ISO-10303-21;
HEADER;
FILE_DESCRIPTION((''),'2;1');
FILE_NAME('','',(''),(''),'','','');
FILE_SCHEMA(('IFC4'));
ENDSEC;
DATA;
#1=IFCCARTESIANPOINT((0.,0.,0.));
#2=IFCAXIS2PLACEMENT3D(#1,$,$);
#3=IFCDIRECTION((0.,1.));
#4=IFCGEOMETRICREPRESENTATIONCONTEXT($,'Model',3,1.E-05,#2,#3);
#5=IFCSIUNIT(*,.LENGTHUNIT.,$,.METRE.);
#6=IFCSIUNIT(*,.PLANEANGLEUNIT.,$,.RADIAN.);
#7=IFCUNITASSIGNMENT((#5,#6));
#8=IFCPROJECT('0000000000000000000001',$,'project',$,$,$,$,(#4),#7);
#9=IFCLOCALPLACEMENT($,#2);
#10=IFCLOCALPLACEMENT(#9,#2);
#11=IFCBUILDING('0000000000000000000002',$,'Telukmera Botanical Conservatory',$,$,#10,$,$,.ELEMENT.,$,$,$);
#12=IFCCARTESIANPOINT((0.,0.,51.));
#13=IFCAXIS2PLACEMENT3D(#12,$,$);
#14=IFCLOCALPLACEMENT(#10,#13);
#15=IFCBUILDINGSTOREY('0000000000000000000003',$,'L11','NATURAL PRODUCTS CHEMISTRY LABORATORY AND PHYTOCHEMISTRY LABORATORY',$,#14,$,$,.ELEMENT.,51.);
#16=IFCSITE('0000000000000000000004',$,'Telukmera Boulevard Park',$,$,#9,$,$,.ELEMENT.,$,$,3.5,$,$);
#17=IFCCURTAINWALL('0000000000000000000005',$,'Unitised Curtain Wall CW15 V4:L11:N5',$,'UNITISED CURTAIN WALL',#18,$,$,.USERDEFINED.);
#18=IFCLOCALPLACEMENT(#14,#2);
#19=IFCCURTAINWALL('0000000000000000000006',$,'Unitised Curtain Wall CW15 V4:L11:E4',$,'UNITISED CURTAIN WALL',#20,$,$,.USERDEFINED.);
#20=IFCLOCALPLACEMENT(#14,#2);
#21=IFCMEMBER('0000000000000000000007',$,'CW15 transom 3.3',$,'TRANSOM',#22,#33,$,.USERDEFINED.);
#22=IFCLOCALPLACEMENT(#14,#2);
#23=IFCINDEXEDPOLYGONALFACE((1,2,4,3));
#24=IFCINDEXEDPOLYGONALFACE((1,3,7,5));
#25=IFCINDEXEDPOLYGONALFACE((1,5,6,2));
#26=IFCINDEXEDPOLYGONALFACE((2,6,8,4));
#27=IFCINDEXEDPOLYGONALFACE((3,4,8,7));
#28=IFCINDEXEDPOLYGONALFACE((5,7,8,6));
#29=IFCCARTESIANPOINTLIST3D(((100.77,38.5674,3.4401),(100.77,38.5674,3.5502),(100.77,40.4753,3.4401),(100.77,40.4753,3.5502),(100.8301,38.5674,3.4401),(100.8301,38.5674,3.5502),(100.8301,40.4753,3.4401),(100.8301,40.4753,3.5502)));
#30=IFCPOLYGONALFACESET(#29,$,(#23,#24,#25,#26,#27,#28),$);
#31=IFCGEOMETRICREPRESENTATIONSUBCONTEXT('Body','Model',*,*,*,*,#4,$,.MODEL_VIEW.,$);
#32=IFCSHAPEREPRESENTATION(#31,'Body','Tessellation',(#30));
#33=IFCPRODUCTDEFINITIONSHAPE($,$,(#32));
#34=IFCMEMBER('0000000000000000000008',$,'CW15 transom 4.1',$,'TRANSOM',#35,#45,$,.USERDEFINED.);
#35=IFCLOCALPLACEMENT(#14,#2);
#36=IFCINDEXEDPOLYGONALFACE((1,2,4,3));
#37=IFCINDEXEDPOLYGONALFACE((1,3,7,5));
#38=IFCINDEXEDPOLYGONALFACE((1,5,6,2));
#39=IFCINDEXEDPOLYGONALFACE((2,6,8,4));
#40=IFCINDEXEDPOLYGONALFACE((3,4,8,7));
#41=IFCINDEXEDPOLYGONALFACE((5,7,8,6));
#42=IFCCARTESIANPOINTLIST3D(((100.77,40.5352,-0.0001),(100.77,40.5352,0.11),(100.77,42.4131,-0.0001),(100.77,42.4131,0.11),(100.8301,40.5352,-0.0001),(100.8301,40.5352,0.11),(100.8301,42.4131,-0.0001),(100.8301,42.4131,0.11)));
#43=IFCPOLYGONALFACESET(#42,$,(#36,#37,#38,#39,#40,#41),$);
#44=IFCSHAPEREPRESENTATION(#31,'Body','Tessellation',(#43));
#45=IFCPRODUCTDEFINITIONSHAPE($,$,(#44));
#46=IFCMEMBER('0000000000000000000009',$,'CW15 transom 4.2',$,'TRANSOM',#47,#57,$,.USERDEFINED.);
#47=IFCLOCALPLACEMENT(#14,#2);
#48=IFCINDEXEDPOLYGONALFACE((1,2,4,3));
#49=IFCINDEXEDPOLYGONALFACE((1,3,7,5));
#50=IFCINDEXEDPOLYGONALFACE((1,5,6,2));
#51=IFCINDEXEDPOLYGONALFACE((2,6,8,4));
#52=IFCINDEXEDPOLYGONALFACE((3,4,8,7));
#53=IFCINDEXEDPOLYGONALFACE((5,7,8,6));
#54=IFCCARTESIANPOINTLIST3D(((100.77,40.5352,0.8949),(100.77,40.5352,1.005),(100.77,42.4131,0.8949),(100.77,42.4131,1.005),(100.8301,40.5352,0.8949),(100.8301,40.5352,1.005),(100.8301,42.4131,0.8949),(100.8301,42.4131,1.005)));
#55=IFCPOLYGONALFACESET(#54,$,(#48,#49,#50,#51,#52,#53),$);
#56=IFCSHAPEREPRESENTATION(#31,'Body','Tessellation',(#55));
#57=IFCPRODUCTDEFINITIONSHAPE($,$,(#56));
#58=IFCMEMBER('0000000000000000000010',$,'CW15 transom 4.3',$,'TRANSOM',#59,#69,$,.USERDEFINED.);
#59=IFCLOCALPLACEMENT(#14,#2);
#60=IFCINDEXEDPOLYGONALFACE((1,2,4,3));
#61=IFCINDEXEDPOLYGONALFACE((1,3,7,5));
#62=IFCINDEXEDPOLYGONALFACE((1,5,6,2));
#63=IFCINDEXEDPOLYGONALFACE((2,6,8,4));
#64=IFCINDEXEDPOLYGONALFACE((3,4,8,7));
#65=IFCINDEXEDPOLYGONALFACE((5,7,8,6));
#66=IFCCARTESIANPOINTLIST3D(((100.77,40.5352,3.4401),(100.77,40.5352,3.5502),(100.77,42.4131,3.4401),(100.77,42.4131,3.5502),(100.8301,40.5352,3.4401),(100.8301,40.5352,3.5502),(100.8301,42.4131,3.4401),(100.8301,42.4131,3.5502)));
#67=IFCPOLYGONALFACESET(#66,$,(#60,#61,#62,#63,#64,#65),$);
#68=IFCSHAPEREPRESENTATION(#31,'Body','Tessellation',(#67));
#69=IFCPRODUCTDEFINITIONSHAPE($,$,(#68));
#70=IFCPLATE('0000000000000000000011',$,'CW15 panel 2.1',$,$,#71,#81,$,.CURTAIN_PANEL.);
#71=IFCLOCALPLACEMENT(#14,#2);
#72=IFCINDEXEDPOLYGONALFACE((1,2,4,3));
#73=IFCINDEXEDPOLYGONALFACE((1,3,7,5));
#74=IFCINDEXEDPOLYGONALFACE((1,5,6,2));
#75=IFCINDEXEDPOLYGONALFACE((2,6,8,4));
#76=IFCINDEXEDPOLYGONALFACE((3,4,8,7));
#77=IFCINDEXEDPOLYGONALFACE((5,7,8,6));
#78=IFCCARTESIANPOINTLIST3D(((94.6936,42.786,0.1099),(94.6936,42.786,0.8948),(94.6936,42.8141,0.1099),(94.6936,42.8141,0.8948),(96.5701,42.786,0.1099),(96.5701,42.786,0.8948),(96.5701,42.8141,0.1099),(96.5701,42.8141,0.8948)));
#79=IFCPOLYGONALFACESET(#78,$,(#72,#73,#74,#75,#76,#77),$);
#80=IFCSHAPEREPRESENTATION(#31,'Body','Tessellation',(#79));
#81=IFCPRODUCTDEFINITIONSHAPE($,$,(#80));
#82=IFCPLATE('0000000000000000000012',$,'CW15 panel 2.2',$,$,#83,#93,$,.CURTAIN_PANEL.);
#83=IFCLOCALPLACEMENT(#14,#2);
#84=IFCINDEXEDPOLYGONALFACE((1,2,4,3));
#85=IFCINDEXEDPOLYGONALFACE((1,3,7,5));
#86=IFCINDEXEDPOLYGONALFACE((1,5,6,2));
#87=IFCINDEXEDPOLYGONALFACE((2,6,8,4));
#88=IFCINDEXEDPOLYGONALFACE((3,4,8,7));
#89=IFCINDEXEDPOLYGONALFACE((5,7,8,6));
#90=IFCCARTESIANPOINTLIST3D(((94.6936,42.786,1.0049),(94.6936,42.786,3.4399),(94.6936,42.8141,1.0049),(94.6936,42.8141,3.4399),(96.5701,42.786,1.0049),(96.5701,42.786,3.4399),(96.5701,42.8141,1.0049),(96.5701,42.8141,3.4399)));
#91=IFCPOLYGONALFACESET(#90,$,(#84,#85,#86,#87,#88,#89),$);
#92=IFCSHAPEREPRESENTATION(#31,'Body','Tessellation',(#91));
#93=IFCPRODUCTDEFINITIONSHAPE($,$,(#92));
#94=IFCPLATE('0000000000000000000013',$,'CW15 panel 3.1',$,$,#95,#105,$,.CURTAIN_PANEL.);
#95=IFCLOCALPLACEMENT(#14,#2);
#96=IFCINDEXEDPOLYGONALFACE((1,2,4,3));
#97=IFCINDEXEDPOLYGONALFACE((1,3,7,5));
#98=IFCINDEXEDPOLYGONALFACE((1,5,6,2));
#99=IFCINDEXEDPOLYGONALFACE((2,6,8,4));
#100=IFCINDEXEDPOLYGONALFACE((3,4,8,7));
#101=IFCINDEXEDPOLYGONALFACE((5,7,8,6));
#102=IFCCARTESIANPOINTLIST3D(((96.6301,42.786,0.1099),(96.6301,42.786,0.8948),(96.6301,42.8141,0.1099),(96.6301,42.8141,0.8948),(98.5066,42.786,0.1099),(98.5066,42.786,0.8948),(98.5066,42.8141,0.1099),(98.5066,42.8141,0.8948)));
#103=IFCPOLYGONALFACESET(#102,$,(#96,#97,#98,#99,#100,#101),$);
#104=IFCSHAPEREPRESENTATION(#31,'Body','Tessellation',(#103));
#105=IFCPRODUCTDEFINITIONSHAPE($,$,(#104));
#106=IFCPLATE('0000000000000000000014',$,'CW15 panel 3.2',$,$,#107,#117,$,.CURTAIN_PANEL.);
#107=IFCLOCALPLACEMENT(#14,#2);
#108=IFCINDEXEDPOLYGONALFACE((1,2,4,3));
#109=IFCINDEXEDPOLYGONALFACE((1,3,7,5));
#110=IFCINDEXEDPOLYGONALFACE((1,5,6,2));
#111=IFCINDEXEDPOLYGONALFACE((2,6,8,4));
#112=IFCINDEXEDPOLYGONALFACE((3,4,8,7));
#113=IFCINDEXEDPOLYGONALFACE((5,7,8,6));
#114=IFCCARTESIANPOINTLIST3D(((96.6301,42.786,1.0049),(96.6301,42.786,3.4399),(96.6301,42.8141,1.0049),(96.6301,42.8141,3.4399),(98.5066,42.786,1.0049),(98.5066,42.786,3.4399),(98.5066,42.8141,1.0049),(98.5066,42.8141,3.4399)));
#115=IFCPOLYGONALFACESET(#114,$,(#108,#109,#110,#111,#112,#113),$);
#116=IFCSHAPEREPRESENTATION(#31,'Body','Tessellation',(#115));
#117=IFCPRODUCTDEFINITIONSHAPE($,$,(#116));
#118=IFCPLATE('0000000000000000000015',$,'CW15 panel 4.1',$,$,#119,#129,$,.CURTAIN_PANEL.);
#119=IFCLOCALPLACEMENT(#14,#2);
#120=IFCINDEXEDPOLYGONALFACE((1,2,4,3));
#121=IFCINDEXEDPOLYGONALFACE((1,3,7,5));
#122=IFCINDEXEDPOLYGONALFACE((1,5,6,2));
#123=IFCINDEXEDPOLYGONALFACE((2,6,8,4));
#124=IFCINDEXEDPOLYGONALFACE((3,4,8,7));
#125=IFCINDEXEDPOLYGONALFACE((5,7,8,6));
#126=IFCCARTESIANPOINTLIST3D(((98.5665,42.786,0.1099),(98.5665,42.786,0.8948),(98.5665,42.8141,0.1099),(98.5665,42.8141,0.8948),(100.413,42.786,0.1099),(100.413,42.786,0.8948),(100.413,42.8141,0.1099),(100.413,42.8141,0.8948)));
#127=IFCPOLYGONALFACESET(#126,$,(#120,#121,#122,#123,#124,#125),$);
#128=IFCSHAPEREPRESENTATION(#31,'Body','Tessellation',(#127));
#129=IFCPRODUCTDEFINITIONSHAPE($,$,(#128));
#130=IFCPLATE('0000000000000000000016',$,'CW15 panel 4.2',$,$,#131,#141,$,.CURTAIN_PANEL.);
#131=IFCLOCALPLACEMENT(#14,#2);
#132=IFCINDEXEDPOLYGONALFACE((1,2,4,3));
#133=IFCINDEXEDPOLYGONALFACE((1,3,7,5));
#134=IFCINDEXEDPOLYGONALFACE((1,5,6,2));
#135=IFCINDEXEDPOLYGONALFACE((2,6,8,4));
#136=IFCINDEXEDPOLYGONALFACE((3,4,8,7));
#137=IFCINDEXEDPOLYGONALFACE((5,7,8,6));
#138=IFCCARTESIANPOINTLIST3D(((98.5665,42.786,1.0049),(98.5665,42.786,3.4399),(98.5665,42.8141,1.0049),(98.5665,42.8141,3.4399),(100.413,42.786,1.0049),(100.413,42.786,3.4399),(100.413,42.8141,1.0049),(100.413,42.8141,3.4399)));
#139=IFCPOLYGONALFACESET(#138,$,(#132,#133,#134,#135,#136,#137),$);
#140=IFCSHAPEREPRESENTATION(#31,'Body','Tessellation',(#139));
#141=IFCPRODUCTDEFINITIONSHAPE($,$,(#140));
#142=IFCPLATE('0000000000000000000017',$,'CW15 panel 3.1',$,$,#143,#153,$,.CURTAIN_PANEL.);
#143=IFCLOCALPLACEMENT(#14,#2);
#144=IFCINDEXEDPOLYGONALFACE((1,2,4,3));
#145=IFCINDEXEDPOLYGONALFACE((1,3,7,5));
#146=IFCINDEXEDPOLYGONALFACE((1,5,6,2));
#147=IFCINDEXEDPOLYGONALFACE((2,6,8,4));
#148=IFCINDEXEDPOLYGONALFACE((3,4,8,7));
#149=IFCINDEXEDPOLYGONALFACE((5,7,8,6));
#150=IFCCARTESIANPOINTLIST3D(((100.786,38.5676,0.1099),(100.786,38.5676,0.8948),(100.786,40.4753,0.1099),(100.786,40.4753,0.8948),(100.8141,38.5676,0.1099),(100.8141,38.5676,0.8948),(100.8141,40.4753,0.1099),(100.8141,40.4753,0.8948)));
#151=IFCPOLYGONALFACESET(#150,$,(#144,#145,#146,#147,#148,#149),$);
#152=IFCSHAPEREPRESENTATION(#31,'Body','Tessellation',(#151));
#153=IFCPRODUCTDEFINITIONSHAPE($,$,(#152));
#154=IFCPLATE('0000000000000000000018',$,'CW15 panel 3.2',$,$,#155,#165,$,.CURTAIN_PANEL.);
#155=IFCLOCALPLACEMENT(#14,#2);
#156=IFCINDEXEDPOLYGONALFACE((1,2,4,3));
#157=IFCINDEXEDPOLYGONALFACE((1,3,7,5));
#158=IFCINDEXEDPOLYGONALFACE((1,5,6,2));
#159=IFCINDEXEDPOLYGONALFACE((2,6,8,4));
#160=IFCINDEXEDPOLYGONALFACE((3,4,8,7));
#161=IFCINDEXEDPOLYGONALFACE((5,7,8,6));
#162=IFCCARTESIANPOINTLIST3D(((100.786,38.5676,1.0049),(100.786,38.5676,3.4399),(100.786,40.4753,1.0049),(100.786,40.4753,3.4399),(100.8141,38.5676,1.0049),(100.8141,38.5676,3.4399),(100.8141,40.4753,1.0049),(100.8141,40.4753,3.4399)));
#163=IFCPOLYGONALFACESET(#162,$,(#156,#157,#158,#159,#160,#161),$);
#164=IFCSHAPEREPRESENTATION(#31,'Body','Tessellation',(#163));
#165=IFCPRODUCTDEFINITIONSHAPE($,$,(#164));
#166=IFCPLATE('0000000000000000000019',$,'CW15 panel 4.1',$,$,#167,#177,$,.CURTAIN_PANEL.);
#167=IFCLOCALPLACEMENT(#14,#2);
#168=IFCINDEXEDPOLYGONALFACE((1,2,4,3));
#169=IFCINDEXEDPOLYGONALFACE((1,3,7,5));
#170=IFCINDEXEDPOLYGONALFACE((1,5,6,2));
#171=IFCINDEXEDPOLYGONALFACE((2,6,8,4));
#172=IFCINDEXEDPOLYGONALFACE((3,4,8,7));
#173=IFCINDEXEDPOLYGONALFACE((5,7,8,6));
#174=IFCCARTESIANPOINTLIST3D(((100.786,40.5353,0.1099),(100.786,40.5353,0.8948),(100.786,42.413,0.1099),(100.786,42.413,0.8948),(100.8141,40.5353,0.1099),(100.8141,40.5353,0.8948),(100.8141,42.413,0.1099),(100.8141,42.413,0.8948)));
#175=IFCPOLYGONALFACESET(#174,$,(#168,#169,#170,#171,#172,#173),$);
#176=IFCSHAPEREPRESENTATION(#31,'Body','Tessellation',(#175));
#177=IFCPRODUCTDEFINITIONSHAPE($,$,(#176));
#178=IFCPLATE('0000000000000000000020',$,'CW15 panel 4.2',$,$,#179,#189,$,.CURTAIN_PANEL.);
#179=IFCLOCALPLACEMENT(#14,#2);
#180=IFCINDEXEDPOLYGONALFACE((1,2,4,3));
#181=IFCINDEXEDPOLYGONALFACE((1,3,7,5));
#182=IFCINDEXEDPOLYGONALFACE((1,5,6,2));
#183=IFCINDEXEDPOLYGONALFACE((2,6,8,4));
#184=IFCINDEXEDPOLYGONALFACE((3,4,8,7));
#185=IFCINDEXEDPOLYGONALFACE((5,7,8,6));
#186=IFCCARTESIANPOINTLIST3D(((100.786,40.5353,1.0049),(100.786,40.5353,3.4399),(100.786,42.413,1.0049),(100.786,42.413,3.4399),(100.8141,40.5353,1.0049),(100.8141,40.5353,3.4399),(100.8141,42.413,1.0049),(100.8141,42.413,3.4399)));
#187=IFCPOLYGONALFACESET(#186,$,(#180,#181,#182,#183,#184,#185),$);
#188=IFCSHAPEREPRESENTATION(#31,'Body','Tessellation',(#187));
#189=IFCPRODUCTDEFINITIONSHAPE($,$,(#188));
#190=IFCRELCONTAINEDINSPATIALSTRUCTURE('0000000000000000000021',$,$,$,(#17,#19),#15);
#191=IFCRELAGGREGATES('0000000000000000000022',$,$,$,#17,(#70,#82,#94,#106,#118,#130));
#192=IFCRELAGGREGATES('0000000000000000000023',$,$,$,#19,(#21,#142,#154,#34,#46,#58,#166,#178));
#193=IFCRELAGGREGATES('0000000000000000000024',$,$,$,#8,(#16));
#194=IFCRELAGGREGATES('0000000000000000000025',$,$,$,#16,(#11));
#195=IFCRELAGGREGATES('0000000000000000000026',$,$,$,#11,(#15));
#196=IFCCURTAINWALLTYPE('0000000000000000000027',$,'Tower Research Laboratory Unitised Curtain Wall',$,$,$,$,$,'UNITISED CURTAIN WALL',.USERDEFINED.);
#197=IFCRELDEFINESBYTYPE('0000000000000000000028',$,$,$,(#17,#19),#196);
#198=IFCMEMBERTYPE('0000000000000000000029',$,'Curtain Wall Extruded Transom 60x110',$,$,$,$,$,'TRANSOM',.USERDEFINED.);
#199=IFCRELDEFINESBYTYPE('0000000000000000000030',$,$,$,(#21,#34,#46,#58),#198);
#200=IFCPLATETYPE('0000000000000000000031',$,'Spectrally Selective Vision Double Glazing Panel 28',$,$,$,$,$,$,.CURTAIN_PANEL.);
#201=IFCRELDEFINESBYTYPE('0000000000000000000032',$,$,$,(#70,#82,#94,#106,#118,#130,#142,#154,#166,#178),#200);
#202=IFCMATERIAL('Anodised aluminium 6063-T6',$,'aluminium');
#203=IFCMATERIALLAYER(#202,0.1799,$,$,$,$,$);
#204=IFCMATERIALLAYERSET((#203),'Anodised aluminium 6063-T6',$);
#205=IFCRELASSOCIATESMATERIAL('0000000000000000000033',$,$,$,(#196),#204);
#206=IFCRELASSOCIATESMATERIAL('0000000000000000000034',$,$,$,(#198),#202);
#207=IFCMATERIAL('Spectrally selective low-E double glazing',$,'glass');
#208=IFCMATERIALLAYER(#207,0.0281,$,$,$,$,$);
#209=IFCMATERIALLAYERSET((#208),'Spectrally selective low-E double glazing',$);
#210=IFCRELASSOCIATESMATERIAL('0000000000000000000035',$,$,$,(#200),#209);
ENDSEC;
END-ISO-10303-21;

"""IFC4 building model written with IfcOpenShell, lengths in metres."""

from ifc_helpers import new_model, si_unit, direction, frame, origin, origin_2d, place, context, subcontext, project, spatial, rectangle, extrude, material, layer, layer_set, material_profile, profile_set, type_object, element, aggregate, save


model = new_model("IFC4")

# Units and contexts
model_context = context("Model", 3, precision=1e-05, world=origin(), true_north=direction((0.0, 1.0)))
body_context = subcontext(model_context, "Body", "Model", "MODEL_VIEW")
ifc_project = project(units=[si_unit("LENGTHUNIT", "METRE"), si_unit("PLANEANGLEUNIT", "RADIAN")], contexts=[model_context])

# Site, building, storey
site_placement = place(None, origin())
site = spatial("IfcSite", under=ifc_project, at=site_placement, Name="Telukmera Boulevard Park", CompositionType="ELEMENT", RefElevation=3.5)
building_placement = place(site_placement, origin())
building = spatial("IfcBuilding", under=site, at=building_placement, Name="Telukmera Botanical Conservatory", CompositionType="ELEMENT")
storey_placement = place(building_placement, frame((0.0, 0.0, 51.0)))
storey = spatial("IfcBuildingStorey", under=building, at=storey_placement, Name="L11", Description="NATURAL PRODUCTS CHEMISTRY LABORATORY AND PHYTOCHEMISTRY LABORATORY", CompositionType="ELEMENT", Elevation=51.0)

# Curtain walls
ifc_material_1 = material(Name="Anodised aluminium 6063-T6", Category="aluminium")
ifc_layer_1 = layer(ifc_material_1, 0.1799)
ifc_layer_set_1 = layer_set([ifc_layer_1], Name="Anodised aluminium 6063-T6")
curtain_wall_type = type_object("IfcCurtainWallType", Name="Tower Research Laboratory Unitised Curtain Wall", ElementType="UNITISED CURTAIN WALL", PredefinedType="USERDEFINED", material=ifc_layer_set_1)
curtain_wall_1_placement = place(storey_placement, origin())
curtain_wall_1 = element("IfcCurtainWall", 1, at=curtain_wall_1_placement, inside=storey, type_object=curtain_wall_type, Name="Unitised Curtain Wall CW15 V4:L11:N5", ObjectType="UNITISED CURTAIN WALL", PredefinedType="USERDEFINED")
curtain_wall_2_placement = place(storey_placement, origin())
curtain_wall_2 = element("IfcCurtainWall", 2, at=curtain_wall_2_placement, inside=storey, type_object=curtain_wall_type, Name="Unitised Curtain Wall CW15 V4:L11:E4", ObjectType="UNITISED CURTAIN WALL", PredefinedType="USERDEFINED")

# Members
ifc_material_profile_1 = material_profile(ifc_material_1, rectangle(XDim=0.0601, YDim=0.1101, at=origin_2d()), Name="ALU TRAN 60x110")
ifc_profile_set_1 = profile_set([ifc_material_profile_1], Name="Anodised aluminium 6063-T6")
member_type_1 = type_object("IfcMemberType", Name="Curtain Wall Extruded Transom 60x110", ElementType="TRANSOM", PredefinedType="USERDEFINED", material=ifc_profile_set_1)
member_1_placement = place(storey_placement, frame((100.8, 38.5674, 3.4951), z_axis=(0.0, 1.0, 0.0), x_axis=(-1.0, 0.0, 0.0)))
member_1 = element("IfcMember", 3, at=member_1_placement, type_object=member_type_1, Name="CW15 transom 3.3", ObjectType="TRANSOM", PredefinedType="USERDEFINED", context=body_context, shape_type="SweptSolid", body=[
    extrude(rectangle(XDim=0.0601, YDim=0.1101, at=origin_2d()), origin(), (0.0, 0.0, 1.0), 1.908),
])
member_2_placement = place(storey_placement, frame((100.8, 40.5352, 0.0549), z_axis=(0.0, 1.0, 0.0), x_axis=(-1.0, 0.0, 0.0)))
member_2 = element("IfcMember", 4, at=member_2_placement, type_object=member_type_1, Name="CW15 transom 4.1", ObjectType="TRANSOM", PredefinedType="USERDEFINED", context=body_context, shape_type="SweptSolid", body=[
    extrude(rectangle(XDim=0.0601, YDim=0.1101, at=origin_2d()), origin(), (0.0, 0.0, 1.0), 1.8779),
])
member_3_placement = place(storey_placement, frame((100.8, 40.5352, 0.95), z_axis=(0.0, 1.0, 0.0), x_axis=(-1.0, 0.0, 0.0)))
member_3 = element("IfcMember", 5, at=member_3_placement, type_object=member_type_1, Name="CW15 transom 4.2", ObjectType="TRANSOM", PredefinedType="USERDEFINED", context=body_context, shape_type="SweptSolid", body=[
    extrude(rectangle(XDim=0.0601, YDim=0.1101, at=origin_2d()), origin(), (0.0, 0.0, 1.0), 1.8779),
])
member_4_placement = place(storey_placement, frame((100.8, 40.5352, 3.4951), z_axis=(0.0, 1.0, 0.0), x_axis=(-1.0, 0.0, 0.0)))
member_4 = element("IfcMember", 6, at=member_4_placement, type_object=member_type_1, Name="CW15 transom 4.3", ObjectType="TRANSOM", PredefinedType="USERDEFINED", context=body_context, shape_type="SweptSolid", body=[
    extrude(rectangle(XDim=0.0601, YDim=0.1101, at=origin_2d()), origin(), (0.0, 0.0, 1.0), 1.8779),
])

# Plates
ifc_material_2 = material(Name="Spectrally selective low-E double glazing", Category="glass")
ifc_layer_2 = layer(ifc_material_2, 0.0281)
ifc_layer_set_2 = layer_set([ifc_layer_2], Name="Spectrally selective low-E double glazing")
plate_type = type_object("IfcPlateType", Name="Spectrally Selective Vision Double Glazing Panel 28", PredefinedType="CURTAIN_PANEL", material=ifc_layer_set_2)
plate_1_placement = place(storey_placement, frame((95.6318, 42.8, 0.1099), z_axis=(0.0, 0.0, 1.0), x_axis=(1.0, 0.0, 0.0)))
plate_1 = element("IfcPlate", 7, at=plate_1_placement, type_object=plate_type, Name="CW15 panel 2.1", PredefinedType="CURTAIN_PANEL", context=body_context, shape_type="SweptSolid", body=[
    extrude(rectangle(XDim=1.8765, YDim=0.0281, at=origin_2d()), origin(), (0.0, 0.0, 1.0), 0.7849),
])
plate_2_placement = place(storey_placement, frame((95.6318, 42.8, 1.0049), z_axis=(0.0, 0.0, 1.0), x_axis=(1.0, 0.0, 0.0)))
plate_2 = element("IfcPlate", 8, at=plate_2_placement, type_object=plate_type, Name="CW15 panel 2.2", PredefinedType="CURTAIN_PANEL", context=body_context, shape_type="SweptSolid", body=[
    extrude(rectangle(XDim=1.8765, YDim=0.0281, at=origin_2d()), origin(), (0.0, 0.0, 1.0), 2.4351),
])
plate_3_placement = place(storey_placement, frame((97.5684, 42.8, 0.1099), z_axis=(0.0, 0.0, 1.0), x_axis=(1.0, 0.0, 0.0)))
plate_3 = element("IfcPlate", 9, at=plate_3_placement, type_object=plate_type, Name="CW15 panel 3.1", PredefinedType="CURTAIN_PANEL", context=body_context, shape_type="SweptSolid", body=[
    extrude(rectangle(XDim=1.8765, YDim=0.0281, at=origin_2d()), origin(), (0.0, 0.0, 1.0), 0.7849),
])
plate_4_placement = place(storey_placement, frame((97.5684, 42.8, 1.0049), z_axis=(0.0, 0.0, 1.0), x_axis=(1.0, 0.0, 0.0)))
plate_4 = element("IfcPlate", 10, at=plate_4_placement, type_object=plate_type, Name="CW15 panel 3.2", PredefinedType="CURTAIN_PANEL", context=body_context, shape_type="SweptSolid", body=[
    extrude(rectangle(XDim=1.8765, YDim=0.0281, at=origin_2d()), origin(), (0.0, 0.0, 1.0), 2.4351),
])
plate_5_placement = place(storey_placement, frame((99.4897, 42.8, 0.1099), z_axis=(0.0, 0.0, 1.0), x_axis=(1.0, 0.0, 0.0)))
plate_5 = element("IfcPlate", 11, at=plate_5_placement, type_object=plate_type, Name="CW15 panel 4.1", PredefinedType="CURTAIN_PANEL", context=body_context, shape_type="SweptSolid", body=[
    extrude(rectangle(XDim=1.8464, YDim=0.0281, at=origin_2d()), origin(), (0.0, 0.0, 1.0), 0.7849),
])
plate_6_placement = place(storey_placement, frame((99.4897, 42.8, 1.0049), z_axis=(0.0, 0.0, 1.0), x_axis=(1.0, 0.0, 0.0)))
plate_6 = element("IfcPlate", 12, at=plate_6_placement, type_object=plate_type, Name="CW15 panel 4.2", PredefinedType="CURTAIN_PANEL", context=body_context, shape_type="SweptSolid", body=[
    extrude(rectangle(XDim=1.8464, YDim=0.0281, at=origin_2d()), origin(), (0.0, 0.0, 1.0), 2.4351),
])
aggregate(curtain_wall_1, [plate_1, plate_2, plate_3, plate_4, plate_5, plate_6])
plate_7_placement = place(storey_placement, frame((100.8, 39.5215, 0.1099), z_axis=(0.0, 0.0, 1.0), x_axis=(0.0, 1.0, 0.0)))
plate_7 = element("IfcPlate", 13, at=plate_7_placement, type_object=plate_type, Name="CW15 panel 3.1", PredefinedType="CURTAIN_PANEL", context=body_context, shape_type="SweptSolid", body=[
    extrude(rectangle(XDim=1.9077, YDim=0.0281, at=origin_2d()), origin(), (0.0, 0.0, 1.0), 0.7849),
])
plate_8_placement = place(storey_placement, frame((100.8, 39.5215, 1.0049), z_axis=(0.0, 0.0, 1.0), x_axis=(0.0, 1.0, 0.0)))
plate_8 = element("IfcPlate", 14, at=plate_8_placement, type_object=plate_type, Name="CW15 panel 3.2", PredefinedType="CURTAIN_PANEL", context=body_context, shape_type="SweptSolid", body=[
    extrude(rectangle(XDim=1.9077, YDim=0.0281, at=origin_2d()), origin(), (0.0, 0.0, 1.0), 2.4351),
])
plate_9_placement = place(storey_placement, frame((100.8, 41.4741, 0.1099), z_axis=(0.0, 0.0, 1.0), x_axis=(0.0, 1.0, 0.0)))
plate_9 = element("IfcPlate", 15, at=plate_9_placement, type_object=plate_type, Name="CW15 panel 4.1", PredefinedType="CURTAIN_PANEL", context=body_context, shape_type="SweptSolid", body=[
    extrude(rectangle(XDim=1.8777, YDim=0.0281, at=origin_2d()), origin(), (0.0, 0.0, 1.0), 0.7849),
])
plate_10_placement = place(storey_placement, frame((100.8, 41.4741, 1.0049), z_axis=(0.0, 0.0, 1.0), x_axis=(0.0, 1.0, 0.0)))
plate_10 = element("IfcPlate", 16, at=plate_10_placement, type_object=plate_type, Name="CW15 panel 4.2", PredefinedType="CURTAIN_PANEL", context=body_context, shape_type="SweptSolid", body=[
    extrude(rectangle(XDim=1.8777, YDim=0.0281, at=origin_2d()), origin(), (0.0, 0.0, 1.0), 2.4351),
])
aggregate(curtain_wall_2, [member_1, plate_7, plate_8, member_2, member_3, member_4, plate_9, plate_10])

save(model, "model.ifc")
